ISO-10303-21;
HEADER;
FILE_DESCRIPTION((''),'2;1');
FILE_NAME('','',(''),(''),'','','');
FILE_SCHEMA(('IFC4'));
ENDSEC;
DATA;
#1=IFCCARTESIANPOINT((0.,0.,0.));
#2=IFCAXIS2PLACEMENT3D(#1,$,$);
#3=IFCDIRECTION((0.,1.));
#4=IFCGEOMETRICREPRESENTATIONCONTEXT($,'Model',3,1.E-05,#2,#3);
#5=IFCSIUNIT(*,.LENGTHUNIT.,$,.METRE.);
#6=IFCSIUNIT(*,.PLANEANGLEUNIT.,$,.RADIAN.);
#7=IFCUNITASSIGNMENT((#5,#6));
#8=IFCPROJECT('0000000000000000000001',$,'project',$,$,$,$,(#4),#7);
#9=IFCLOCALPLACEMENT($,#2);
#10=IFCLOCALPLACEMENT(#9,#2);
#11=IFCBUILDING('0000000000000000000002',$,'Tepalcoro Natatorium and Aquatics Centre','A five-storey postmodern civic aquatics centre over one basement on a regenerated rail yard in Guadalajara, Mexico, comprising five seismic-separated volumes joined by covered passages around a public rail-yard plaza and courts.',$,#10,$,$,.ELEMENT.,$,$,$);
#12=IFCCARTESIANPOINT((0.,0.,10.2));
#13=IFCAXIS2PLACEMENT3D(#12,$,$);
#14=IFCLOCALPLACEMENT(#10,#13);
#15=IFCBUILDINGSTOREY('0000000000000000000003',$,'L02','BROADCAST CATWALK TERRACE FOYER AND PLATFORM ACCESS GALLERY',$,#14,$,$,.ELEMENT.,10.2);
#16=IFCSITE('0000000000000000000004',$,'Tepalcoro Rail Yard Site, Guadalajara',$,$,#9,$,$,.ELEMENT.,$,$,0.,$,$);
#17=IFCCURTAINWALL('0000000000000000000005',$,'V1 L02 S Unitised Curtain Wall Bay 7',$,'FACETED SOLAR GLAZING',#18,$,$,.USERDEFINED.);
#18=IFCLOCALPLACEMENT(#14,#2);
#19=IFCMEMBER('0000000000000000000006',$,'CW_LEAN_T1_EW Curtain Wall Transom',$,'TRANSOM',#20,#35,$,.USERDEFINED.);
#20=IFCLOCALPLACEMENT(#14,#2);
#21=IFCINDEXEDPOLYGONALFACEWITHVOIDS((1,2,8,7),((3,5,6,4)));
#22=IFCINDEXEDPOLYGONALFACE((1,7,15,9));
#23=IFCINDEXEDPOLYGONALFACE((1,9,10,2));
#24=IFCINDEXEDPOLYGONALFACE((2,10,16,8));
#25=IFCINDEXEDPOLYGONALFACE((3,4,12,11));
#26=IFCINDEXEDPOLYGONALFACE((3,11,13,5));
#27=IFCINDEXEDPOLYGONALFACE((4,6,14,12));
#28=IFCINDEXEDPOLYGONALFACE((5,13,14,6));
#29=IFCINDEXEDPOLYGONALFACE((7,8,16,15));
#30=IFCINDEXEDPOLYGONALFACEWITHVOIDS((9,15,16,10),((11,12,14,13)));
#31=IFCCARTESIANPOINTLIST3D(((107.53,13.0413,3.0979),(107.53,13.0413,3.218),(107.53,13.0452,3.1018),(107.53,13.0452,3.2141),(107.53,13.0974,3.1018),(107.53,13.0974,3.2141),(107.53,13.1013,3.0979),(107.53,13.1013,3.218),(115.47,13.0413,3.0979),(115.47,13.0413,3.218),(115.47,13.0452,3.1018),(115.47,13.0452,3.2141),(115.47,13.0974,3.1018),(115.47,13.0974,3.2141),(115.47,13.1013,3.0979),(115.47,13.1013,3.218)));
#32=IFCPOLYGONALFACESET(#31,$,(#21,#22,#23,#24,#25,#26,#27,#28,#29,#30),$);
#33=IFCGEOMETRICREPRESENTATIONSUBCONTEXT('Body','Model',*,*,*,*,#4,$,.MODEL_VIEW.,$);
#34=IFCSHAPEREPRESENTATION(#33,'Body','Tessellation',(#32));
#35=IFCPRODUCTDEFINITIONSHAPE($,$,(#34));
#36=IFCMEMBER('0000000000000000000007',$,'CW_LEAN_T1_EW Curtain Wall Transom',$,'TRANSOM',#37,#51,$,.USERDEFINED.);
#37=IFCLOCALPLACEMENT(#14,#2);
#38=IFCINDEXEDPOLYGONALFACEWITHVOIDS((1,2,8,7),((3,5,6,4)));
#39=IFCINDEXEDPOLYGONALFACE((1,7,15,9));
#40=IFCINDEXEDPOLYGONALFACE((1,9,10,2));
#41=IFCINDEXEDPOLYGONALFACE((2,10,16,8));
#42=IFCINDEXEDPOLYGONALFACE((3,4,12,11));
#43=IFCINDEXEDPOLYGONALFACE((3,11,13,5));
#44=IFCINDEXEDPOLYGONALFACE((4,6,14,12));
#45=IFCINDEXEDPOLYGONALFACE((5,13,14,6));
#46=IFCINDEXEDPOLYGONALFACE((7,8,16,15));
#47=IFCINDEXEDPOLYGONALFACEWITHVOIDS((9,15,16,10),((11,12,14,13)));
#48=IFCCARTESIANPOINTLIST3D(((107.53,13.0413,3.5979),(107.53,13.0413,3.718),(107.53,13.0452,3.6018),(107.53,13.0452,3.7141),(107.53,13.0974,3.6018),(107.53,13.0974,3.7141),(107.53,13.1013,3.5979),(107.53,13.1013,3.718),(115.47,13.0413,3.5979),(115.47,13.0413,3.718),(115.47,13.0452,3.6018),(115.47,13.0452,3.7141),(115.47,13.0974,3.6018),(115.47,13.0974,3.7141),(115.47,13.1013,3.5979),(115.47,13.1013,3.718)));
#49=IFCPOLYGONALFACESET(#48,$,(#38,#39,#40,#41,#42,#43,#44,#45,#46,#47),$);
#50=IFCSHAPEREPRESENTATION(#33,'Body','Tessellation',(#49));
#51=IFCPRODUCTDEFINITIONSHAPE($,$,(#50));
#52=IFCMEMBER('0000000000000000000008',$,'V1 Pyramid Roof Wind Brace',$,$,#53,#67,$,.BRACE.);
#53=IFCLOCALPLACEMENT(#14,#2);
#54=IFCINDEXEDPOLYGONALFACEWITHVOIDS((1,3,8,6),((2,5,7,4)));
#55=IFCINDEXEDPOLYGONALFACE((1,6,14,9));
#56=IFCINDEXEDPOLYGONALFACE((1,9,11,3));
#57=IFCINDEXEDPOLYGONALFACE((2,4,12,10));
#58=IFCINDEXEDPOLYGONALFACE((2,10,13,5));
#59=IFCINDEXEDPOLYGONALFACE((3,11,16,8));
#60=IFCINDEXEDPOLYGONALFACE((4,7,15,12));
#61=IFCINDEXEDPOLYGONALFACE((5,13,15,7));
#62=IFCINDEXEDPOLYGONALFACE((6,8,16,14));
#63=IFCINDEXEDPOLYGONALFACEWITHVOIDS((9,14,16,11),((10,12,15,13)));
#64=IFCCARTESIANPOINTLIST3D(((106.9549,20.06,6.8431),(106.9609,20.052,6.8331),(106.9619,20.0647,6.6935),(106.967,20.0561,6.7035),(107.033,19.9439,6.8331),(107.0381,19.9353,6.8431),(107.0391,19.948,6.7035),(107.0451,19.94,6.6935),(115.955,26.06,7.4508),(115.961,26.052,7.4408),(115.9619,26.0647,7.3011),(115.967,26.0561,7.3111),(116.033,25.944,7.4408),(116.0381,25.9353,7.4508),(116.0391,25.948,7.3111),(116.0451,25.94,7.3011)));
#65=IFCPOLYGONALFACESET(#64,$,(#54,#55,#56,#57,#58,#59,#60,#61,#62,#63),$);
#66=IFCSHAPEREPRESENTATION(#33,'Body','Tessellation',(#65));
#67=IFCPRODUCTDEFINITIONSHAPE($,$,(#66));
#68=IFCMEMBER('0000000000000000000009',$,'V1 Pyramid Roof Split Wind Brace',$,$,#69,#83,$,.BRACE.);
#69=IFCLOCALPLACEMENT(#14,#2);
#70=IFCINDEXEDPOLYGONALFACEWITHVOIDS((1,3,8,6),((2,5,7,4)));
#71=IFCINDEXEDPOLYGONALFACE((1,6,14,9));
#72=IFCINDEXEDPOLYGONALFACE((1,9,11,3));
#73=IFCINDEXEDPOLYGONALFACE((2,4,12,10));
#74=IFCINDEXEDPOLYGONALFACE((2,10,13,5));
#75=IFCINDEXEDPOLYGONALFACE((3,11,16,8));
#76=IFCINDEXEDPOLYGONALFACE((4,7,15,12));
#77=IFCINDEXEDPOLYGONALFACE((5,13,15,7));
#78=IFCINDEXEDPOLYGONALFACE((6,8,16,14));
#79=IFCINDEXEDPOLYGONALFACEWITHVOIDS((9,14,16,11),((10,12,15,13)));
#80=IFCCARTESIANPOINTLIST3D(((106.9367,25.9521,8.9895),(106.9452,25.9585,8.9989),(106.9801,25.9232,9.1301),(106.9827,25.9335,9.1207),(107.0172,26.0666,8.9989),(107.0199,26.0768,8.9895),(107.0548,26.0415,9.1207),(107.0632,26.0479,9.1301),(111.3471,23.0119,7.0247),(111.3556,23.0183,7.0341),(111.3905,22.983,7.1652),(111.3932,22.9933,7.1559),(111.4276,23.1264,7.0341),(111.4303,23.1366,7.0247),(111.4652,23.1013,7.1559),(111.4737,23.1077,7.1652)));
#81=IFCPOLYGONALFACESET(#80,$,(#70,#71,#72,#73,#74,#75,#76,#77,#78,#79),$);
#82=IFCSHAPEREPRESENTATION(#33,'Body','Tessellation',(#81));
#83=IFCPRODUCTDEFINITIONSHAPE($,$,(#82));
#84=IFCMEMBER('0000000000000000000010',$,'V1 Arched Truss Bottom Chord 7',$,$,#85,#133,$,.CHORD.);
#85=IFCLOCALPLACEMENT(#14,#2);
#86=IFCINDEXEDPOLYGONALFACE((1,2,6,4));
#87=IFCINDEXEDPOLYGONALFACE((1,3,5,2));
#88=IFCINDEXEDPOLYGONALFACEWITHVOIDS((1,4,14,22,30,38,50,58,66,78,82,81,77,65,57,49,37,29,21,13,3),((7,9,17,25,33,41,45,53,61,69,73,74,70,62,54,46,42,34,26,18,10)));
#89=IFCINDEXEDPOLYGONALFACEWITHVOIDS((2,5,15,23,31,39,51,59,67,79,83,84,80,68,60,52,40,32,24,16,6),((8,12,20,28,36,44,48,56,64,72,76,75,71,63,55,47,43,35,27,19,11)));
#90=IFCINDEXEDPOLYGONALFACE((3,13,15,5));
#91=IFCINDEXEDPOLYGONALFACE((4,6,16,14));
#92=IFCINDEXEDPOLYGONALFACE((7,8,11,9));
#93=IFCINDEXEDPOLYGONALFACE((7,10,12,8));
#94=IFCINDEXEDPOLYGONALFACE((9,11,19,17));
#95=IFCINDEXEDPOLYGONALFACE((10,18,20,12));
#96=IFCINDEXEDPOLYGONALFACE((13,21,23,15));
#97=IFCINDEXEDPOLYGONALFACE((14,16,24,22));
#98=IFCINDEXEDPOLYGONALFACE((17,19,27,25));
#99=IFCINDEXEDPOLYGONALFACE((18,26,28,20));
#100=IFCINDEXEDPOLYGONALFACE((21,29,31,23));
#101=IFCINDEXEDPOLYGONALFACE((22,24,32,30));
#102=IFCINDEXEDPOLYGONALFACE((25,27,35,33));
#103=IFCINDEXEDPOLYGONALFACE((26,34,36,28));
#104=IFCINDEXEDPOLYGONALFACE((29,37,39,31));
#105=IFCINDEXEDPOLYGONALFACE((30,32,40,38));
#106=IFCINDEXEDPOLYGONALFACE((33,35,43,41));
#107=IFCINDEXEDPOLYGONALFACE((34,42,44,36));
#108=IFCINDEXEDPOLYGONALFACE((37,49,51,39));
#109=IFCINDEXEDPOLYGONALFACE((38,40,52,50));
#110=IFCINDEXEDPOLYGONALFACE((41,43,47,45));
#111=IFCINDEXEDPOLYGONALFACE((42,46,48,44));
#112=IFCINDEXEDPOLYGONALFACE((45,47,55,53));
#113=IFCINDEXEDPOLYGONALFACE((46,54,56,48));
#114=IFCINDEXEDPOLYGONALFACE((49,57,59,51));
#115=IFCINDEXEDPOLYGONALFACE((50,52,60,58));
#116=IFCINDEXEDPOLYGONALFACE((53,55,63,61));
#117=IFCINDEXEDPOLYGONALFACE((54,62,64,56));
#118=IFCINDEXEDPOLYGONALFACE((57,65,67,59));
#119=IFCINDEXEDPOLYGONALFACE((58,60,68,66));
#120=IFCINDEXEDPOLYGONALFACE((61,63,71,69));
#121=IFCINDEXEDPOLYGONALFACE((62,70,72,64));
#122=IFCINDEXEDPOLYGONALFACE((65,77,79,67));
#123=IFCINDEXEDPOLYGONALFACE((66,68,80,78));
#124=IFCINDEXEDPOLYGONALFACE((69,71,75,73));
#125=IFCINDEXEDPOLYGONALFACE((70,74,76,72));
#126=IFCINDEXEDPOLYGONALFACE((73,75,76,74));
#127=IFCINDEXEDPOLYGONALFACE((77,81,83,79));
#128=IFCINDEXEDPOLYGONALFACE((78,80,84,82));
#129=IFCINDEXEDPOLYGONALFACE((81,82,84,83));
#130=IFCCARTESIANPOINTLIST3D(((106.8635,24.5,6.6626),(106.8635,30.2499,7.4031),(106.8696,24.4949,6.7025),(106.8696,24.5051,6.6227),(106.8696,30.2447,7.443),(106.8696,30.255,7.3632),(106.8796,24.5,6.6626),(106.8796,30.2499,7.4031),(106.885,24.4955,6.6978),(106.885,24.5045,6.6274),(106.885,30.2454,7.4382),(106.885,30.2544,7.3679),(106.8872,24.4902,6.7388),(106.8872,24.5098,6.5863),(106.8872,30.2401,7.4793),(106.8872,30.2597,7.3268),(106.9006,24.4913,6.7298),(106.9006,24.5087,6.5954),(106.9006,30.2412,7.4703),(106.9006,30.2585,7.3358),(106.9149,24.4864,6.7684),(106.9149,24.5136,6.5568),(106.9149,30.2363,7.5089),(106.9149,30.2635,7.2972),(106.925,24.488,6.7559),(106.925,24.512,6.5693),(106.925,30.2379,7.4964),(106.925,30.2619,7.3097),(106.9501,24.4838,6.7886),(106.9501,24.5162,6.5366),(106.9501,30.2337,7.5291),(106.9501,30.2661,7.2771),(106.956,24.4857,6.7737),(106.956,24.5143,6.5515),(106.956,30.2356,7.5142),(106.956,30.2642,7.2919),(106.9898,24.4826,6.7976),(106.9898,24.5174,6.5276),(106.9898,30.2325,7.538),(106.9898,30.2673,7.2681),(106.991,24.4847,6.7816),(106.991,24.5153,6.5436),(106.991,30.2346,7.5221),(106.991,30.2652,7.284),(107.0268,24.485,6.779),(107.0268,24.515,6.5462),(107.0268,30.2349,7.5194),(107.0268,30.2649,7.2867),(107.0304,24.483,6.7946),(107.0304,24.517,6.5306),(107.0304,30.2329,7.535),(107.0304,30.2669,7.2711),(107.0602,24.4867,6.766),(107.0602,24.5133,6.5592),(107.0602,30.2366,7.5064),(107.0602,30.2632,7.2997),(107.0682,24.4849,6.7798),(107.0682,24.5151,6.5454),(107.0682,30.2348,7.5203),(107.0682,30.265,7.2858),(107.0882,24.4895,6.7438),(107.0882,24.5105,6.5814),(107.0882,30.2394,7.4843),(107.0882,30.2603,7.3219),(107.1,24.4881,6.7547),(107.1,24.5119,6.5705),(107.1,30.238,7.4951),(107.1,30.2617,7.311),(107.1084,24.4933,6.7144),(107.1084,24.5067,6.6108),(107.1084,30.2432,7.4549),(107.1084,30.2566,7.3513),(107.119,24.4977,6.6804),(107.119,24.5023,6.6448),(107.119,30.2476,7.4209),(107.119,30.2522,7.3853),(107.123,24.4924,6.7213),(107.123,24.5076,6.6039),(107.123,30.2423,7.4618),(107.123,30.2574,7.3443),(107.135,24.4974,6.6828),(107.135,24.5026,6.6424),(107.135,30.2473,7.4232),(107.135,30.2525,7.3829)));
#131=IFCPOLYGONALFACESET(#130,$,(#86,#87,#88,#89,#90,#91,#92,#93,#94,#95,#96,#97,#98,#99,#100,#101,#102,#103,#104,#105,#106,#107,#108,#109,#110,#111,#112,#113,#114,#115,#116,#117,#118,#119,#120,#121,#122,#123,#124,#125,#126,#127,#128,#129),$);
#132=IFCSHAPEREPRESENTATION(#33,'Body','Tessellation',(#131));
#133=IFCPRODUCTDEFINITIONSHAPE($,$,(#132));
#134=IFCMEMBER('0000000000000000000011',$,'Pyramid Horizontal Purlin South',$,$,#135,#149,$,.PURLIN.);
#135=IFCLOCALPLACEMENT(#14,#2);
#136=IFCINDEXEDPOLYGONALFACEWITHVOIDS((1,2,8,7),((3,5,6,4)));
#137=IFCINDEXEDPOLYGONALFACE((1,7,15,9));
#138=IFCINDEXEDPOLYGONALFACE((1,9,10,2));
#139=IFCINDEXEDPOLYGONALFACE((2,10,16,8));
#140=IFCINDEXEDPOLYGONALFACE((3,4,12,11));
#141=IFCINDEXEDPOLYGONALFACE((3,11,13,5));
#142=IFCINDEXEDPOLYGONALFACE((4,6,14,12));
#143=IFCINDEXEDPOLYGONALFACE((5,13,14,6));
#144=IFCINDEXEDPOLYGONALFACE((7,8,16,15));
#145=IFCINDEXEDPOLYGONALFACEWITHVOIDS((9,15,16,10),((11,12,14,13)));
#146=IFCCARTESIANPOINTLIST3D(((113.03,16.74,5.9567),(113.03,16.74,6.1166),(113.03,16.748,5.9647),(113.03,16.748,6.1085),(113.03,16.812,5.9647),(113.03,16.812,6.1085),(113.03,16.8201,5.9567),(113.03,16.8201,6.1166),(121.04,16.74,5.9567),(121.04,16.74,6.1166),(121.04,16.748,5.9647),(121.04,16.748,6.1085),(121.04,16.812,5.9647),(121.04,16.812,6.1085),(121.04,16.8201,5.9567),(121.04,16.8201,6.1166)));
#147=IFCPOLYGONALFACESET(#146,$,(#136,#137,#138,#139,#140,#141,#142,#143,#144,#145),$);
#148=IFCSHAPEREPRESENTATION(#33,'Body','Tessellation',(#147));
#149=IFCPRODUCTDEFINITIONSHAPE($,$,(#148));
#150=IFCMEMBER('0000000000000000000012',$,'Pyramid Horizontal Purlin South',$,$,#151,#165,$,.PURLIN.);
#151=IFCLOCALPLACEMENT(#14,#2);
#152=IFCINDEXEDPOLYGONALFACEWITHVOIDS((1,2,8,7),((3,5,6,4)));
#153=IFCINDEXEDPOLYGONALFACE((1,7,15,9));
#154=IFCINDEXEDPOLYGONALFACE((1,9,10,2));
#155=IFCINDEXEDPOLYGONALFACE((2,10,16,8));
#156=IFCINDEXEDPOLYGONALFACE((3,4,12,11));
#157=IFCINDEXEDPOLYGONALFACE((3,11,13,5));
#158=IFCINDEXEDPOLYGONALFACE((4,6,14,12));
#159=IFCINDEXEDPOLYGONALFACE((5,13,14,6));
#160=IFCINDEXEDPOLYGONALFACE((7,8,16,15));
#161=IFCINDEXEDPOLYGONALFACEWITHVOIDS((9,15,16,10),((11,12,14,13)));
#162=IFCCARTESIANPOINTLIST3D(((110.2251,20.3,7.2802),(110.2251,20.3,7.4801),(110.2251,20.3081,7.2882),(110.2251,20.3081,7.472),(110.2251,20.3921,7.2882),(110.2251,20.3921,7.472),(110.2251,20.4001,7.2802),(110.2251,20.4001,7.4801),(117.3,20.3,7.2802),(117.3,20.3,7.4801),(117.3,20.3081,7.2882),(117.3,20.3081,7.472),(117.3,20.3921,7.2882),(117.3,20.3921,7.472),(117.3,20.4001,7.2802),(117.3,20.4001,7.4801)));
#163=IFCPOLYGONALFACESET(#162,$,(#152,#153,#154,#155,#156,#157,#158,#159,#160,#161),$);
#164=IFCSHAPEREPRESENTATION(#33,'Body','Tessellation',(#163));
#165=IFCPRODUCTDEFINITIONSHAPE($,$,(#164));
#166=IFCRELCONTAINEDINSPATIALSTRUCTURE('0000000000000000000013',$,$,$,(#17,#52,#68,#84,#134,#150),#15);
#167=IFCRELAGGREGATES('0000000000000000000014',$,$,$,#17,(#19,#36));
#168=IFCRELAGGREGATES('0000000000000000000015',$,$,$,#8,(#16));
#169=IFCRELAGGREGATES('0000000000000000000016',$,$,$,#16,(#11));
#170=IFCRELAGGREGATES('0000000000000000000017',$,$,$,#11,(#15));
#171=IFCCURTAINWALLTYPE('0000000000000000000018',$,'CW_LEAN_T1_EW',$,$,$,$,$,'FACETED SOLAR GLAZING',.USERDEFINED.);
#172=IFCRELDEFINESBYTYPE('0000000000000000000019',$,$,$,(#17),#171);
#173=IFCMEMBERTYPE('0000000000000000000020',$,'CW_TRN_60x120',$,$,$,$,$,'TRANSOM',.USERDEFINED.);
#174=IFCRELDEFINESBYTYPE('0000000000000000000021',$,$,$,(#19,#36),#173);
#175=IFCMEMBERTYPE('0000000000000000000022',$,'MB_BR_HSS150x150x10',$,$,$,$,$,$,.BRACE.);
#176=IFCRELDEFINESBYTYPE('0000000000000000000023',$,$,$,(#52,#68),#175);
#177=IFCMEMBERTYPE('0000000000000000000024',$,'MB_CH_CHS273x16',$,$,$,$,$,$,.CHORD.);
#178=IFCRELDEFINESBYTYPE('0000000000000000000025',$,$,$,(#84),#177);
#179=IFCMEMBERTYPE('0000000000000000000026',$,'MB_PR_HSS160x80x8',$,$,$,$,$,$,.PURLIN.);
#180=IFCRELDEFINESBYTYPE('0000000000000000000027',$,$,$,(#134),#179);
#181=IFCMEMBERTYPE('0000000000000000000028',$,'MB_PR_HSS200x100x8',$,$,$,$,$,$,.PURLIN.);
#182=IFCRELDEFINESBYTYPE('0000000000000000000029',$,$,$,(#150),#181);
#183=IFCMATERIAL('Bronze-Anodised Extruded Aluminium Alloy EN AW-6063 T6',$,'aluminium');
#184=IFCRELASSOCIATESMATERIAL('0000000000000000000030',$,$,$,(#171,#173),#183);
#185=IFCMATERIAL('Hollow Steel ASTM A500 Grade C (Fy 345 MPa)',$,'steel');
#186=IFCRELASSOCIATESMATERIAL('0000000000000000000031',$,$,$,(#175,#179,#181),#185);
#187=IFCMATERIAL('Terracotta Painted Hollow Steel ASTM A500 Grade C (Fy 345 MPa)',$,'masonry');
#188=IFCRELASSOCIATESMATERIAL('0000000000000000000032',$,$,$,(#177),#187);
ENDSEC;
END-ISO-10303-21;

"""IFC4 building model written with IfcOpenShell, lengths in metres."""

from ifc_helpers import new_model, si_unit, direction, frame, origin, origin_2d, place, context, subcontext, project, spatial, hollow_rectangle, hollow_circle, extrude, material, material_profile, profile_set, type_object, element, aggregate, save


model = new_model("IFC4")

# Units and contexts
model_context = context("Model", 3, precision=1e-05, world=origin(), true_north=direction((0.0, 1.0)))
body_context = subcontext(model_context, "Body", "Model", "MODEL_VIEW")
ifc_project = project(units=[si_unit("LENGTHUNIT", "METRE"), si_unit("PLANEANGLEUNIT", "RADIAN")], contexts=[model_context])

# Site, building, storey
site_placement = place(None, origin())
site = spatial("IfcSite", under=ifc_project, at=site_placement, Name="Tepalcoro Rail Yard Site, Guadalajara", CompositionType="ELEMENT", RefElevation=0.0)
building_placement = place(site_placement, origin())
building = spatial("IfcBuilding", under=site, at=building_placement, Name="Tepalcoro Natatorium and Aquatics Centre", Description="A five-storey postmodern civic aquatics centre over one basement on a regenerated rail yard in Guadalajara, Mexico, comprising five seismic-separated volumes joined by covered passages around a public rail-yard plaza and courts.", CompositionType="ELEMENT")
storey_placement = place(building_placement, frame((0.0, 0.0, 10.2)))
storey = spatial("IfcBuildingStorey", under=building, at=storey_placement, Name="L02", Description="BROADCAST CATWALK TERRACE FOYER AND PLATFORM ACCESS GALLERY", CompositionType="ELEMENT", Elevation=10.2)

# Shared definitions
ifc_material_1 = material(Name="Terracotta Painted Hollow Steel ASTM A500 Grade C (Fy 345 MPa)", Category="masonry")

# Curtain wall, members
ifc_material_2 = material(Name="Bronze-Anodised Extruded Aluminium Alloy EN AW-6063 T6", Category="aluminium")
curtain_wall_type = type_object("IfcCurtainWallType", Name="CW_LEAN_T1_EW", ElementType="FACETED SOLAR GLAZING", PredefinedType="USERDEFINED", material=ifc_material_2)
curtain_wall_placement = place(storey_placement, origin())
curtain_wall = element("IfcCurtainWall", 1, at=curtain_wall_placement, inside=storey, type_object=curtain_wall_type, Name="V1 L02 S Unitised Curtain Wall Bay 7", ObjectType="FACETED SOLAR GLAZING", PredefinedType="USERDEFINED")
ifc_material_profile_1 = material_profile(ifc_material_2, hollow_rectangle(XDim=0.0601, YDim=0.1201, WallThickness=0.0039, at=origin_2d()), Name="AL60X120X4")
ifc_profile_set_1 = profile_set([ifc_material_profile_1], Name="Bronze-Anodised Extruded Aluminium Alloy EN AW-6063 T6")
member_type_1 = type_object("IfcMemberType", Name="CW_TRN_60x120", ElementType="TRANSOM", PredefinedType="USERDEFINED", material=ifc_profile_set_1)
member_1_placement = place(storey_placement, frame((107.53, 13.0713, 3.158), z_axis=(1.0, 0.0, 0.0), x_axis=(0.0, 1.0, 0.0)))
member_1 = element("IfcMember", 2, at=member_1_placement, type_object=member_type_1, Name="CW_LEAN_T1_EW Curtain Wall Transom", ObjectType="TRANSOM", PredefinedType="USERDEFINED", context=body_context, shape_type="SweptSolid", body=[
    extrude(hollow_rectangle(XDim=0.0601, YDim=0.1201, WallThickness=0.0039, at=origin_2d()), origin(), (0.0, 0.0, 1.0), 7.9399),
])
member_2_placement = place(storey_placement, frame((107.53, 13.0713, 3.658), z_axis=(1.0, 0.0, 0.0), x_axis=(0.0, 1.0, 0.0)))
member_2 = element("IfcMember", 3, at=member_2_placement, type_object=member_type_1, Name="CW_LEAN_T1_EW Curtain Wall Transom", ObjectType="TRANSOM", PredefinedType="USERDEFINED", context=body_context, shape_type="SweptSolid", body=[
    extrude(hollow_rectangle(XDim=0.0601, YDim=0.1201, WallThickness=0.0039, at=origin_2d()), origin(), (0.0, 0.0, 1.0), 7.9399),
])

# Members
ifc_material_3 = material(Name="Hollow Steel ASTM A500 Grade C (Fy 345 MPa)", Category="steel")
ifc_material_profile_2 = material_profile(ifc_material_3, hollow_rectangle(XDim=0.1499, YDim=0.1499, WallThickness=0.01, at=origin_2d()), Name="HSS150X150X10")
ifc_profile_set_2 = profile_set([ifc_material_profile_2], Name="Hollow Steel ASTM A500 Grade C (Fy 345 MPa)")
member_type_2 = type_object("IfcMemberType", Name="MB_BR_HSS150x150x10", PredefinedType="BRACE", material=ifc_profile_set_2)
member_3_placement = place(storey_placement, frame((107.0, 20.0, 6.7683), z_axis=(0.83074, 0.553827, 0.05609), x_axis=(-0.5547, 0.83205, 0.0)))
element("IfcMember", 4, at=member_3_placement, inside=storey, type_object=member_type_2, Name="V1 Pyramid Roof Wind Brace", PredefinedType="BRACE", context=body_context, shape_type="SweptSolid", body=[
    extrude(hollow_rectangle(XDim=0.1499, YDim=0.1499, WallThickness=0.01, at=origin_2d()), origin(), (0.0, 0.0, 1.0), 10.8337),
])
member_4_placement = place(storey_placement, frame((111.4104, 23.0598, 7.095), z_axis=(-0.780181, 0.520106, 0.347573), x_axis=(-0.55469, -0.832057, 0.0)))
element("IfcMember", 5, at=member_4_placement, inside=storey, type_object=member_type_2, Name="V1 Pyramid Roof Split Wind Brace", PredefinedType="BRACE", context=body_context, shape_type="SweptSolid", body=[
    extrude(hollow_rectangle(XDim=0.1499, YDim=0.1499, WallThickness=0.01, at=origin_2d()), origin(), (0.0, 0.0, 1.0), 5.6531),
])
ifc_material_profile_3 = material_profile(ifc_material_1, hollow_circle(Radius=0.1365, WallThickness=0.0161, at=origin_2d()), Name="CHS273X16")
ifc_profile_set_3 = profile_set([ifc_material_profile_3], Name="Terracotta Painted Hollow Steel ASTM A500 Grade C (Fy 345 MPa)")
member_type_3 = type_object("IfcMemberType", Name="MB_CH_CHS273x16", PredefinedType="CHORD", material=ifc_profile_set_3)
member_5_placement = place(storey_placement, frame((107.0, 24.5, 6.6626), z_axis=(0.0, 0.99181, 0.127724), x_axis=(-1.0, 0.0, 0.0)))
element("IfcMember", 6, at=member_5_placement, inside=storey, type_object=member_type_3, Name="V1 Arched Truss Bottom Chord 7", PredefinedType="CHORD", context=body_context, shape_type="SweptSolid", body=[
    extrude(hollow_circle(Radius=0.1365, WallThickness=0.0161, at=origin_2d()), origin(), (0.0, 0.0, 1.0), 5.7974),
])
ifc_material_profile_4 = material_profile(ifc_material_3, hollow_rectangle(XDim=0.0801, YDim=0.1599, WallThickness=0.0081, at=origin_2d()), Name="HSS160X80X8")
ifc_profile_set_4 = profile_set([ifc_material_profile_4], Name="Hollow Steel ASTM A500 Grade C (Fy 345 MPa)")
member_type_4 = type_object("IfcMemberType", Name="MB_PR_HSS160x80x8", PredefinedType="PURLIN", material=ifc_profile_set_4)
member_6_placement = place(storey_placement, frame((113.03, 16.78, 6.0366), z_axis=(1.0, 0.0, 0.0), x_axis=(0.0, 1.0, 0.0)))
element("IfcMember", 7, at=member_6_placement, inside=storey, type_object=member_type_4, Name="Pyramid Horizontal Purlin South", PredefinedType="PURLIN", context=body_context, shape_type="SweptSolid", body=[
    extrude(hollow_rectangle(XDim=0.0801, YDim=0.1599, WallThickness=0.0081, at=origin_2d()), origin(), (0.0, 0.0, 1.0), 8.01),
])
ifc_material_profile_5 = material_profile(ifc_material_3, hollow_rectangle(XDim=0.1001, YDim=0.2, WallThickness=0.0081, at=origin_2d()), Name="HSS200X100X8")
ifc_profile_set_5 = profile_set([ifc_material_profile_5], Name="Hollow Steel ASTM A500 Grade C (Fy 345 MPa)")
member_type_5 = type_object("IfcMemberType", Name="MB_PR_HSS200x100x8", PredefinedType="PURLIN", material=ifc_profile_set_5)
member_7_placement = place(storey_placement, frame((110.2251, 20.3501, 7.3801), z_axis=(1.0, 0.0, 0.0), x_axis=(0.0, 1.0, 0.0)))
element("IfcMember", 8, at=member_7_placement, inside=storey, type_object=member_type_5, Name="Pyramid Horizontal Purlin South", PredefinedType="PURLIN", context=body_context, shape_type="SweptSolid", body=[
    extrude(hollow_rectangle(XDim=0.1001, YDim=0.2, WallThickness=0.0081, at=origin_2d()), origin(), (0.0, 0.0, 1.0), 7.075),
])

aggregate(curtain_wall, [member_1, member_2])

save(model, "model.ifc")
